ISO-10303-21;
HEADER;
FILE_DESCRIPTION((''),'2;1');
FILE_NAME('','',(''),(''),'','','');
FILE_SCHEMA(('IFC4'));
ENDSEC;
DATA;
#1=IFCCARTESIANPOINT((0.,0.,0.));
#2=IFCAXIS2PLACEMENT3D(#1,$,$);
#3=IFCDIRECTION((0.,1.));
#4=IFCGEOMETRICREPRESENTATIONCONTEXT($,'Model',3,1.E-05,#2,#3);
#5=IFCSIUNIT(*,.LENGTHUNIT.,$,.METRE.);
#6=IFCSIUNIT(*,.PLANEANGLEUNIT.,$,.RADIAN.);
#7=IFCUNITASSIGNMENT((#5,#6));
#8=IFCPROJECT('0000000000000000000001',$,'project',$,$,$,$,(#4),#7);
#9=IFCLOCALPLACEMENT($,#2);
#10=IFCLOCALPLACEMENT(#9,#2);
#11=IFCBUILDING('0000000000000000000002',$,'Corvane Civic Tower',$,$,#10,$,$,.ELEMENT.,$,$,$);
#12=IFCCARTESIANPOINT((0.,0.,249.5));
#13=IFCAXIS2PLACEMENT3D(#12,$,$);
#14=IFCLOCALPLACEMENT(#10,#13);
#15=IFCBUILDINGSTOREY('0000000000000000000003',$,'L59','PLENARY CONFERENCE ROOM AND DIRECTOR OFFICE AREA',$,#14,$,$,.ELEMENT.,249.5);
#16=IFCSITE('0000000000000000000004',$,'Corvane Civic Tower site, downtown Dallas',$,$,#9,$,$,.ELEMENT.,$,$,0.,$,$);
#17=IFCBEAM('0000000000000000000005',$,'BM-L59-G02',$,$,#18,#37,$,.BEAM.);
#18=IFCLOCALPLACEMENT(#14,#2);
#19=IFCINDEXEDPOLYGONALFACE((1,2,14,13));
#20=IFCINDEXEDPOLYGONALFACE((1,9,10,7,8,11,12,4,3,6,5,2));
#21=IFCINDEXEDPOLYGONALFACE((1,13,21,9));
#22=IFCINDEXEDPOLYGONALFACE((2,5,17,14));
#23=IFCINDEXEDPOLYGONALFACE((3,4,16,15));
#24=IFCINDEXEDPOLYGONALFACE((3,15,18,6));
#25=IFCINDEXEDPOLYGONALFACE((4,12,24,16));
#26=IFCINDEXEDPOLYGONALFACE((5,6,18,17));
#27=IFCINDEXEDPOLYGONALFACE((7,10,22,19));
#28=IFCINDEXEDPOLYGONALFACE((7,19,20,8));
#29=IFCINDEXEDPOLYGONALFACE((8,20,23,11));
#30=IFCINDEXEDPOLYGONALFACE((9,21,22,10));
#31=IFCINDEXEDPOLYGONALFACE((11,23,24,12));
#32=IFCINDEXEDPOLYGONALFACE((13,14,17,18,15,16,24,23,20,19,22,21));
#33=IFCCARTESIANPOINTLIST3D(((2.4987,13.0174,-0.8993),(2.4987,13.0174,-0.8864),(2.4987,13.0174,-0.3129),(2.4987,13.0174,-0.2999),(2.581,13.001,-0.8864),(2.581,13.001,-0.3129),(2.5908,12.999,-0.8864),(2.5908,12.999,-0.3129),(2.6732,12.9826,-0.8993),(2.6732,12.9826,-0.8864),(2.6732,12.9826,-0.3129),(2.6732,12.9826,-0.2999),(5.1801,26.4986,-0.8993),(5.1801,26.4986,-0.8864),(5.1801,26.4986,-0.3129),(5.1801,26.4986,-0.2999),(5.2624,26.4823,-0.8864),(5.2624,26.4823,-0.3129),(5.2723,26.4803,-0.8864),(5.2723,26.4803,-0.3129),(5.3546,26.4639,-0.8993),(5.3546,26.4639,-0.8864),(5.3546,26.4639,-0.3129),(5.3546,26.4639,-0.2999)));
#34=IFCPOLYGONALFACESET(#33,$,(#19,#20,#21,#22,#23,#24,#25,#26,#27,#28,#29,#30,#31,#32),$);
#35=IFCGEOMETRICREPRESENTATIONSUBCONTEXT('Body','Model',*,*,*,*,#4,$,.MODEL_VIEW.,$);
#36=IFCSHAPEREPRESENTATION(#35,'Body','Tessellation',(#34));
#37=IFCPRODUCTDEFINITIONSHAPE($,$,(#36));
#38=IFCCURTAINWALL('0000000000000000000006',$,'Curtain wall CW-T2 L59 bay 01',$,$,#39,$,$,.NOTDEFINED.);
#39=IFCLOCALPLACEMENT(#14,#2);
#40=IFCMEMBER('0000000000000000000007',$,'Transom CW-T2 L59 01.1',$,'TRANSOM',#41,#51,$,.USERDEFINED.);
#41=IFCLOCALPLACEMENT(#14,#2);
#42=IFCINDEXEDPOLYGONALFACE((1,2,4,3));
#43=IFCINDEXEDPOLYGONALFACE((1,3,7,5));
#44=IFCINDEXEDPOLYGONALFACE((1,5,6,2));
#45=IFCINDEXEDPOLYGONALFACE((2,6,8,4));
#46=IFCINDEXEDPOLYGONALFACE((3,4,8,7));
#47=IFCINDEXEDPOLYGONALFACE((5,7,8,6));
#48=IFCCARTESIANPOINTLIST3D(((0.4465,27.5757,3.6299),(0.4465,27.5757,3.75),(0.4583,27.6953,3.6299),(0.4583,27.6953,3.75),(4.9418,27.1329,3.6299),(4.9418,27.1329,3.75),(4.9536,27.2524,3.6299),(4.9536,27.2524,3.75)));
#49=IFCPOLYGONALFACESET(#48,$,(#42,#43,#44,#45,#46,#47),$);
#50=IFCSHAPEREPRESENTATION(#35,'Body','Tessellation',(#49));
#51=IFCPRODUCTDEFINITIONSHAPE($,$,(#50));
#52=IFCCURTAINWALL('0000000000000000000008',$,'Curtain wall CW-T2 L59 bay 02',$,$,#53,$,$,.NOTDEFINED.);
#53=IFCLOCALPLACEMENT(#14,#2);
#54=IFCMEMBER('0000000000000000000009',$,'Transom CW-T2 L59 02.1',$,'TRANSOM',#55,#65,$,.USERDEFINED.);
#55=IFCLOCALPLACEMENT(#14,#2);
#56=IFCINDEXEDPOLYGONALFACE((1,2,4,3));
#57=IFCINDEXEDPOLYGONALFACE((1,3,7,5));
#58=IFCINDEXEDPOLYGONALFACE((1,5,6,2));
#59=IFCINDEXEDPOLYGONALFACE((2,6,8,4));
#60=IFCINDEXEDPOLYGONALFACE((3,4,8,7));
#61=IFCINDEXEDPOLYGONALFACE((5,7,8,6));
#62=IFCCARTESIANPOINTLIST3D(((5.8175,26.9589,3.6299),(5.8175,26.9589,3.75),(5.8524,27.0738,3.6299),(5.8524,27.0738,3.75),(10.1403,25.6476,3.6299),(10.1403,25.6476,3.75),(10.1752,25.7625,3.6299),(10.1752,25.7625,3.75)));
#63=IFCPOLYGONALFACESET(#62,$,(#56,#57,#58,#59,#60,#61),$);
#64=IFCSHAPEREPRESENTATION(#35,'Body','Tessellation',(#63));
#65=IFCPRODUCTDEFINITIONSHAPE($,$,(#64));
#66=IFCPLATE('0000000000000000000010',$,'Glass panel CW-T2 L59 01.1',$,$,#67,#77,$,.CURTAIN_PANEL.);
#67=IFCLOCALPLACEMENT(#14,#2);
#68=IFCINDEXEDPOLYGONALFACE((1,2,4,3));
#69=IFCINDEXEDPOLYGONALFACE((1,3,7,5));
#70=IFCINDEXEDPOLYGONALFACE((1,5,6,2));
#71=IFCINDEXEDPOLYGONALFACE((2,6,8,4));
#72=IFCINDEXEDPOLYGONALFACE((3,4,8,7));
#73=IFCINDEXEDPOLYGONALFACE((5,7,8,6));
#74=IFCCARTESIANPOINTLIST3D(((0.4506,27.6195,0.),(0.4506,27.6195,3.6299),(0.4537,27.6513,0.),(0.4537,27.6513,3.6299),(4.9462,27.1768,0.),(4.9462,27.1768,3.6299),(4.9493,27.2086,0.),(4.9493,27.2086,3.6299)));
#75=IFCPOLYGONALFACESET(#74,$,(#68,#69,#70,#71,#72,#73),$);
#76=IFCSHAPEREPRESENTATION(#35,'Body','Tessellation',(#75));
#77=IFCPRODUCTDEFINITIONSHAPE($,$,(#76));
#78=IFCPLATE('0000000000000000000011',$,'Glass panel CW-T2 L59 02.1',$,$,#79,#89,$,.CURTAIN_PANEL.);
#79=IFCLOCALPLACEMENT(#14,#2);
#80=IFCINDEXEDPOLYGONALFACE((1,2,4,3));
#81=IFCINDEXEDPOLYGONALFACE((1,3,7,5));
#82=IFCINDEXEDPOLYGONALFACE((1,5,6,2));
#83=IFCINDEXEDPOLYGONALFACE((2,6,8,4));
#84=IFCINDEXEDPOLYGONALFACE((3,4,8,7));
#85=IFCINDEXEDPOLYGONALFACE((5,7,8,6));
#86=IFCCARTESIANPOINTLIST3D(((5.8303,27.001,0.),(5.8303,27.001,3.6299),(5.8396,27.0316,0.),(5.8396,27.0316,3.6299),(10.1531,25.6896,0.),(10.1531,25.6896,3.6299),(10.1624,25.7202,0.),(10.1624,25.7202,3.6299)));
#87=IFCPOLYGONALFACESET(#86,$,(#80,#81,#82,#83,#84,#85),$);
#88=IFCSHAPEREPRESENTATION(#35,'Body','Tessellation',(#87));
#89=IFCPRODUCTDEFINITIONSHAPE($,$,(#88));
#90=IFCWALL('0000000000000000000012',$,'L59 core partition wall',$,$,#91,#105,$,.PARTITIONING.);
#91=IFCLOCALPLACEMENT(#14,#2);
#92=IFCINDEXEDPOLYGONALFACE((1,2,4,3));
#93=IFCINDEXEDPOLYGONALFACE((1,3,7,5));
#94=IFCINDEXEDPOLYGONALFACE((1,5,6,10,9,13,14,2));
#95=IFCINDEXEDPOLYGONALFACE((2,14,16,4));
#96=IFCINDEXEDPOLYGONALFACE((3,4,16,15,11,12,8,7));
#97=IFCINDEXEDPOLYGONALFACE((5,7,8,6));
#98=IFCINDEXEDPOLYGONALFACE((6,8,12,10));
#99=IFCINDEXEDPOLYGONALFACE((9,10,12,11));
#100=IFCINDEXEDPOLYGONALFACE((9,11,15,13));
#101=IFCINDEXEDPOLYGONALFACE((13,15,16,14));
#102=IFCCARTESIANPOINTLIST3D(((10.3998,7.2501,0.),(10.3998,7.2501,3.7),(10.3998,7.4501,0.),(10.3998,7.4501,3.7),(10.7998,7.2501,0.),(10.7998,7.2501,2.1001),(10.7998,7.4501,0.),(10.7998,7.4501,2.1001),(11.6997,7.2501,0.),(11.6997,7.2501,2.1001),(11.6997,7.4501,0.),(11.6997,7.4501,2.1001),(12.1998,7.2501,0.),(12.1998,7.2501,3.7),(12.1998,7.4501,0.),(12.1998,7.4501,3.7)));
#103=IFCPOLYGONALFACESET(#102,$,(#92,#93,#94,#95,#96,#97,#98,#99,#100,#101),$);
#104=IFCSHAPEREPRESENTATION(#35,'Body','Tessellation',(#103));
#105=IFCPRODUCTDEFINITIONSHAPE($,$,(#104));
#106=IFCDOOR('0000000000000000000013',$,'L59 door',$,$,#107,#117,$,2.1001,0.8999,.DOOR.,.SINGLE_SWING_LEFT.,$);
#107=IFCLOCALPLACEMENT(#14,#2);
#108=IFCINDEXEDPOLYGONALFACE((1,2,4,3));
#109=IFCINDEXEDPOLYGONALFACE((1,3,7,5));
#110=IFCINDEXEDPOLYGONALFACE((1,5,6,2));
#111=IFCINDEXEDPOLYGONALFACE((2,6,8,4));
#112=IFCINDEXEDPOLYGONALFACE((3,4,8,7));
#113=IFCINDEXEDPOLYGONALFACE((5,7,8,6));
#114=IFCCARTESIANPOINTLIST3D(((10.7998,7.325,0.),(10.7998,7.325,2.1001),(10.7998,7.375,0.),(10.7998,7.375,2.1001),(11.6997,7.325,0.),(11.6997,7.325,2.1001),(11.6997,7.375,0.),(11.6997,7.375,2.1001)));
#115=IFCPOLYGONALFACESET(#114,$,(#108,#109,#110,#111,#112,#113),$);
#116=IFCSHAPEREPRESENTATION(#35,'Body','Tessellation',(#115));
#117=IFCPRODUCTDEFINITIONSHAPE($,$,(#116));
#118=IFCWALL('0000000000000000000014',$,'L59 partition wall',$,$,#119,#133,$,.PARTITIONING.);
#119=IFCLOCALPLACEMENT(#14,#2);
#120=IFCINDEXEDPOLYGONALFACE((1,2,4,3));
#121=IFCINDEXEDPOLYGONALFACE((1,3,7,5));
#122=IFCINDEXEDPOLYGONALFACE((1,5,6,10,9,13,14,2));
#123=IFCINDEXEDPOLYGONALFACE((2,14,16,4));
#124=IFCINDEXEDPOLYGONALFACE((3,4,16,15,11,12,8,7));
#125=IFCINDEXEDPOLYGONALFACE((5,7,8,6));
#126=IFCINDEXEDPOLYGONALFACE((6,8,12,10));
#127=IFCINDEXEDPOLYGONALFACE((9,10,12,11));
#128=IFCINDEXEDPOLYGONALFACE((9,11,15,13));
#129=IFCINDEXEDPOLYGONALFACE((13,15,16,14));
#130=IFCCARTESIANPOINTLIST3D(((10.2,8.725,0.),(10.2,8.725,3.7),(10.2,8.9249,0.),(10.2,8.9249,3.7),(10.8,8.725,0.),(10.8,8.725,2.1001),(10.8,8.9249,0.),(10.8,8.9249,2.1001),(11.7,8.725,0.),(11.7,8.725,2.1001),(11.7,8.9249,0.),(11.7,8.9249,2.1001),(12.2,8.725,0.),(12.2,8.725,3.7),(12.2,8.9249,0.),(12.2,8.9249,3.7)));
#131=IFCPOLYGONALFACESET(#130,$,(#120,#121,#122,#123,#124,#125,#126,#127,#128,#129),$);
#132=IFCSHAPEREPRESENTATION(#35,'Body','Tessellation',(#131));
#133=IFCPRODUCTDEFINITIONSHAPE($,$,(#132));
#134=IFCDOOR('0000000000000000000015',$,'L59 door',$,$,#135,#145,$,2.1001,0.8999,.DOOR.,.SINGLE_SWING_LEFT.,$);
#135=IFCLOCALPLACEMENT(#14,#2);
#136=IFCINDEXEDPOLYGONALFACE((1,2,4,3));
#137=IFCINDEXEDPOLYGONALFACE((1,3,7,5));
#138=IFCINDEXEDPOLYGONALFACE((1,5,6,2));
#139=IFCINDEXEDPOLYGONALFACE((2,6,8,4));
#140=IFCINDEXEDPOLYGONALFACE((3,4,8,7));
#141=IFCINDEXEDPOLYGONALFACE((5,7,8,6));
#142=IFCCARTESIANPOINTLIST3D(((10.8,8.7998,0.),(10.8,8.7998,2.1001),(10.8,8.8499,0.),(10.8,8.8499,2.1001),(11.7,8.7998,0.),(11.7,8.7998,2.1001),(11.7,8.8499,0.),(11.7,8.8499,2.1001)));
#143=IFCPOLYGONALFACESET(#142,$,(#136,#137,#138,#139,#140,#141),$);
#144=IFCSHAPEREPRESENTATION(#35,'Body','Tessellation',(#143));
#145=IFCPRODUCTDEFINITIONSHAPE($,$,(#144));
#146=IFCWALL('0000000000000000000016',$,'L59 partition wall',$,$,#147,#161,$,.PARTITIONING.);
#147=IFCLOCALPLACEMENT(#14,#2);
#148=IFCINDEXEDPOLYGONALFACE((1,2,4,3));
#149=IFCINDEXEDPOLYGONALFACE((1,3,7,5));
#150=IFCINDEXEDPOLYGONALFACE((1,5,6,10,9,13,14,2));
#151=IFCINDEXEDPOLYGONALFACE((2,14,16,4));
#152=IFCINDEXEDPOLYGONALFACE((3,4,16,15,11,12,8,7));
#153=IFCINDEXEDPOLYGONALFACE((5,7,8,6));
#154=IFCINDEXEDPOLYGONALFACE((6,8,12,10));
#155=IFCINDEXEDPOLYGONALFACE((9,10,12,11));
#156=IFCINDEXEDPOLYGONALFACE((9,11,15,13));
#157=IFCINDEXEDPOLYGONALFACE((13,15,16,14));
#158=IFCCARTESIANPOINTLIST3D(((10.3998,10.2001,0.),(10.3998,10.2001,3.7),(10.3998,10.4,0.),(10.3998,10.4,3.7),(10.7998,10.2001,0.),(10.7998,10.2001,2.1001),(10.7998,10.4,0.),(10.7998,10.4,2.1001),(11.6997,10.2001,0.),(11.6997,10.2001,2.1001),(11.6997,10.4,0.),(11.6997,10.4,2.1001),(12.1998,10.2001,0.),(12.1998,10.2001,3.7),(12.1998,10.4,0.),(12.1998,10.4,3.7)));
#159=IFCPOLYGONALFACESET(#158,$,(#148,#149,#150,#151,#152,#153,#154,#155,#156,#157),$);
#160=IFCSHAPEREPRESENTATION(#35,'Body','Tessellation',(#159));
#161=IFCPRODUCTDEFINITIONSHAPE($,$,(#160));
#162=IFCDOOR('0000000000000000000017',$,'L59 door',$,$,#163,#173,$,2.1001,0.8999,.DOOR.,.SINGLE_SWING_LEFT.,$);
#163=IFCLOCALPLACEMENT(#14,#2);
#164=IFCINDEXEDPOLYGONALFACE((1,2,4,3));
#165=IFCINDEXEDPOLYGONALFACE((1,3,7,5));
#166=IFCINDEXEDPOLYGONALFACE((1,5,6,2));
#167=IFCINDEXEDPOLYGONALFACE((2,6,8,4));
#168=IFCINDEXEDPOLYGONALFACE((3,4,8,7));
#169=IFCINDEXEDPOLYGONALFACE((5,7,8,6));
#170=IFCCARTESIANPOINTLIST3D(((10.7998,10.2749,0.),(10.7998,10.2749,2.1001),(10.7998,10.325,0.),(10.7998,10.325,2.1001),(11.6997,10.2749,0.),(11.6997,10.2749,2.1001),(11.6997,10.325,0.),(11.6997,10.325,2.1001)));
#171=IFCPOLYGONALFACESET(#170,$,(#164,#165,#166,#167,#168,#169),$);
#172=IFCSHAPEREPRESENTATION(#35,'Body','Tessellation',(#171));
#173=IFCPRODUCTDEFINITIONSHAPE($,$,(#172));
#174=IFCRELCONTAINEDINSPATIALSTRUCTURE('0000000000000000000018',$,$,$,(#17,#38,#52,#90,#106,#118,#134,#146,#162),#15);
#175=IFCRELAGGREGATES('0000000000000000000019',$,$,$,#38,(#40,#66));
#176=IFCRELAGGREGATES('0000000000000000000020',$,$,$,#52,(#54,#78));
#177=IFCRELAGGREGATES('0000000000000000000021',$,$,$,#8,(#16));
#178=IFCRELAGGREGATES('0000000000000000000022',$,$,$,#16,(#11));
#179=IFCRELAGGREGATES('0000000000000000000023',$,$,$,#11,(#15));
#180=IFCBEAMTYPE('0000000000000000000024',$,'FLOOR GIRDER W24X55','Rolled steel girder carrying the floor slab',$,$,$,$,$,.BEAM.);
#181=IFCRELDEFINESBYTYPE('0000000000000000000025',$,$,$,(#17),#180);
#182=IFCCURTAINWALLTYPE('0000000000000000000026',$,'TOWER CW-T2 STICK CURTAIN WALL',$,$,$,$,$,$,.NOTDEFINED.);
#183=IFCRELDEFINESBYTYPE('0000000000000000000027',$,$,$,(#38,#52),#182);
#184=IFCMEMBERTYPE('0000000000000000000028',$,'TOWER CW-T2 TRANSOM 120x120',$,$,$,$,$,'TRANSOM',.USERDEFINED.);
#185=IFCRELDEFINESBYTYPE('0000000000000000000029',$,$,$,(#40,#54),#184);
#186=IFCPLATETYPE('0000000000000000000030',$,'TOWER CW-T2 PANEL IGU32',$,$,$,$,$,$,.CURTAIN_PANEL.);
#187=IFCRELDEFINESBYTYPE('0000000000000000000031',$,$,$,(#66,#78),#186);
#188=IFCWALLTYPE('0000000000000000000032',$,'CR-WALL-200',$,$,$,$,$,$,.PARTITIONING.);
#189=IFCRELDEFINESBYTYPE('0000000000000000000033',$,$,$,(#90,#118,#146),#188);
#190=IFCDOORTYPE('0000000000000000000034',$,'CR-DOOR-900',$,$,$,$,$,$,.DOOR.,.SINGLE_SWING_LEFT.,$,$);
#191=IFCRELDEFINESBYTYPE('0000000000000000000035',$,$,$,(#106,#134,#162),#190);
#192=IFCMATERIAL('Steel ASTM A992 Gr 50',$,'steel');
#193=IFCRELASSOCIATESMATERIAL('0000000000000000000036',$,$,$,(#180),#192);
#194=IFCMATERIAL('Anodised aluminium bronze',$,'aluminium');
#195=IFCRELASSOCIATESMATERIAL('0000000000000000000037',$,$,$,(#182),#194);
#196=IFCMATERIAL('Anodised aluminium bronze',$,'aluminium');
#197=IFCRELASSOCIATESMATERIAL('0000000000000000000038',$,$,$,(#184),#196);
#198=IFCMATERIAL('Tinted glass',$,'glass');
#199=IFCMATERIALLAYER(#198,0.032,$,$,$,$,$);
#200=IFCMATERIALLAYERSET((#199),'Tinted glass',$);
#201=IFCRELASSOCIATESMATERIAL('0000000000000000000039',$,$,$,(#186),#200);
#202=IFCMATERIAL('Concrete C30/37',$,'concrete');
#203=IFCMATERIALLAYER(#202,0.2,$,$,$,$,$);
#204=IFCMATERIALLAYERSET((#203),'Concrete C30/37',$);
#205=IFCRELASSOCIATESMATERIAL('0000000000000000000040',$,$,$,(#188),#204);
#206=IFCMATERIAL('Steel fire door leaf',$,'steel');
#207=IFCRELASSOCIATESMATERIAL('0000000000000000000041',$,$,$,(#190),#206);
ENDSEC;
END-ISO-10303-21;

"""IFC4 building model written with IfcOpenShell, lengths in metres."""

from ifc_helpers import new_model, si_unit, direction, frame, frame_2d, origin, origin_2d, place, context, subcontext, project, spatial, rectangle, i_section, extrude, material, layer, layer_set, material_profile, profile_set, type_object, element, fill, aggregate, save


model = new_model("IFC4")

# Units and contexts
model_context = context("Model", 3, precision=1e-05, world=origin(), true_north=direction((0.0, 1.0)))
body_context = subcontext(model_context, "Body", "Model", "MODEL_VIEW")
ifc_project = project(units=[si_unit("LENGTHUNIT", "METRE"), si_unit("PLANEANGLEUNIT", "RADIAN")], contexts=[model_context])

# Site, building, storey
site_placement = place(None, origin())
site = spatial("IfcSite", under=ifc_project, at=site_placement, Name="Corvane Civic Tower site, downtown Dallas", CompositionType="ELEMENT", RefElevation=0.0)
building_placement = place(site_placement, origin())
building = spatial("IfcBuilding", under=site, at=building_placement, Name="Corvane Civic Tower", CompositionType="ELEMENT")
storey_placement = place(building_placement, frame((0.0, 0.0, 249.5)))
storey = spatial("IfcBuildingStorey", under=building, at=storey_placement, Name="L59", Description="PLENARY CONFERENCE ROOM AND DIRECTOR OFFICE AREA", CompositionType="ELEMENT", Elevation=249.5)

# Beam
ifc_material_1 = material(Name="Steel ASTM A992 Gr 50", Category="steel")
ifc_material_profile_1 = material_profile(ifc_material_1, i_section(OverallWidth=0.178, OverallDepth=0.5994, WebThickness=0.01, FlangeThickness=0.0129, at=origin_2d()), Name="W24X55")
ifc_profile_set_1 = profile_set([ifc_material_profile_1], Name="Steel ASTM A992 Gr 50")
beam_type_1 = type_object("IfcBeamType", Name="FLOOR GIRDER W24X55", Description="Rolled steel girder carrying the floor slab", PredefinedType="BEAM", material=ifc_profile_set_1)
beam_1_placement = place(storey_placement, frame((2.5859, 13.0, -0.5996), z_axis=(0.195078, 0.980788, 0.0), x_axis=(-0.980788, 0.195078, 0.0)))
element("IfcBeam", 1, at=beam_1_placement, inside=storey, type_object=beam_type_1, Name="BM-L59-G02", PredefinedType="BEAM", context=body_context, shape_type="SweptSolid", body=[
    extrude(i_section(OverallWidth=0.178, OverallDepth=0.5994, WebThickness=0.01, FlangeThickness=0.0129, at=origin_2d()), origin(), (0.0, 0.0, 1.0), 13.7454),
])

# Curtain walls, members
ifc_material_2 = material(Name="Anodised aluminium bronze", Category="aluminium")
curtain_wall_type = type_object("IfcCurtainWallType", Name="TOWER CW-T2 STICK CURTAIN WALL", PredefinedType="NOTDEFINED", material=ifc_material_2)
curtain_wall_1_placement = place(storey_placement, origin())
curtain_wall_1 = element("IfcCurtainWall", 2, at=curtain_wall_1_placement, inside=storey, type_object=curtain_wall_type, Name="Curtain wall CW-T2 L59 bay 01", PredefinedType="NOTDEFINED")
ifc_material_3 = material(Name="Anodised aluminium bronze", Category="aluminium")
ifc_material_profile_2 = material_profile(ifc_material_3, rectangle(XDim=0.1201, YDim=0.1201, at=origin_2d()), Name="TOWER CW-T2 TRANSOM 120x120")
ifc_profile_set_2 = profile_set([ifc_material_profile_2], Name="Anodised aluminium bronze")
member_type = type_object("IfcMemberType", Name="TOWER CW-T2 TRANSOM 120x120", ElementType="TRANSOM", PredefinedType="USERDEFINED", material=ifc_profile_set_2)
member_1_placement = place(storey_placement, frame((0.4524, 27.6355, 3.6899), z_axis=(0.995182, -0.098043, 0.0), x_axis=(0.098043, 0.995182, 0.0)))
member_1 = element("IfcMember", 3, at=member_1_placement, type_object=member_type, Name="Transom CW-T2 L59 01.1", ObjectType="TRANSOM", PredefinedType="USERDEFINED", context=body_context, shape_type="SweptSolid", body=[
    extrude(rectangle(XDim=0.1201, YDim=0.1201, at=origin_2d()), origin(), (0.0, 0.0, 1.0), 4.5171),
])
curtain_wall_2_placement = place(storey_placement, origin())
curtain_wall_2 = element("IfcCurtainWall", 4, at=curtain_wall_2_placement, inside=storey, type_object=curtain_wall_type, Name="Curtain wall CW-T2 L59 bay 02", PredefinedType="NOTDEFINED")
member_2_placement = place(storey_placement, frame((5.835, 27.0164, 3.6899), z_axis=(0.956941, -0.290282, 0.0), x_axis=(0.290282, 0.956941, 0.0)))
member_2 = element("IfcMember", 5, at=member_2_placement, type_object=member_type, Name="Transom CW-T2 L59 02.1", ObjectType="TRANSOM", PredefinedType="USERDEFINED", context=body_context, shape_type="SweptSolid", body=[
    extrude(rectangle(XDim=0.1201, YDim=0.1201, at=origin_2d()), origin(), (0.0, 0.0, 1.0), 4.5173),
])

# Plates
ifc_material_4 = material(Name="Tinted glass", Category="glass")
ifc_layer_1 = layer(ifc_material_4, 0.032)
ifc_layer_set_1 = layer_set([ifc_layer_1], Name="Tinted glass")
plate_type = type_object("IfcPlateType", Name="TOWER CW-T2 PANEL IGU32", PredefinedType="CURTAIN_PANEL", material=ifc_layer_set_1)
plate_1_placement = place(storey_placement, frame((2.7, 27.4141, 0.0), z_axis=(0.0, 0.0, 1.0), x_axis=(0.995187, -0.097993, 0.0)))
plate_1 = element("IfcPlate", 6, at=plate_1_placement, type_object=plate_type, Name="Glass panel CW-T2 L59 01.1", PredefinedType="CURTAIN_PANEL", context=body_context, shape_type="SweptSolid", body=[
    extrude(rectangle(XDim=4.5173, YDim=0.032, at=origin_2d()), origin(), (0.0, 0.0, 1.0), 3.6299),
])
aggregate(curtain_wall_1, [member_1, plate_1])
plate_2_placement = place(storey_placement, frame((7.9963, 26.3606, 0.0), z_axis=(0.0, 0.0, 1.0), x_axis=(0.956939, -0.29029, 0.0)))
plate_2 = element("IfcPlate", 7, at=plate_2_placement, type_object=plate_type, Name="Glass panel CW-T2 L59 02.1", PredefinedType="CURTAIN_PANEL", context=body_context, shape_type="SweptSolid", body=[
    extrude(rectangle(XDim=4.5173, YDim=0.032, at=origin_2d()), origin(), (0.0, 0.0, 1.0), 3.6299),
])
aggregate(curtain_wall_2, [member_2, plate_2])

# Walls, openings, doors
ifc_material_5 = material(Name="Concrete C30/37", Category="concrete")
ifc_layer_2 = layer(ifc_material_5, 0.2)
ifc_layer_set_2 = layer_set([ifc_layer_2], Name="Concrete C30/37")
wall_type = type_object("IfcWallType", Name="CR-WALL-200", PredefinedType="PARTITIONING", material=ifc_layer_set_2)
wall_1_placement = place(storey_placement, frame((10.3999, 7.3501, 0.0), z_axis=(0.0, 0.0, 1.0), x_axis=(1.0, 0.0, 0.0)))
wall_1 = element("IfcWall", 8, at=wall_1_placement, inside=storey, type_object=wall_type, Name="L59 core partition wall", PredefinedType="PARTITIONING", context=body_context, shape_type="SweptSolid", body=[
    extrude(rectangle(XDim=1.8, YDim=0.2, at=frame_2d((0.8999, 0.0))), origin(), (0.0, 0.0, 1.0), 3.7),
])
opening_1_placement = place(wall_1_placement, frame((0.3999, 0.0, 0.0)))
opening_1 = element("IfcOpeningElement", 9, at=opening_1_placement, cuts=wall_1, PredefinedType="OPENING", context=body_context, shape_type="SweptSolid", body=[
    extrude(rectangle(XDim=0.8999, YDim=2.1001, at=frame_2d((0.45, 1.05))), frame((0.0, 0.1099, 0.0), z_axis=(0.0, -1.0, 0.0), x_axis=(1.0, 0.0, 0.0)), (0.0, 0.0, 1.0), 0.22),
])
ifc_material_6 = material(Name="Steel fire door leaf", Category="steel")
door_type = type_object("IfcDoorType", Name="CR-DOOR-900", OperationType="SINGLE_SWING_LEFT", PredefinedType="DOOR", material=ifc_material_6)
door_1_placement = place(opening_1_placement, origin())
door_1 = element("IfcDoor", 10, at=door_1_placement, inside=storey, type_object=door_type, Name="L59 door", OperationType="SINGLE_SWING_LEFT", OverallHeight=2.1001, OverallWidth=0.8999, PredefinedType="DOOR", context=body_context, shape_type="SweptSolid", body=[
    extrude(rectangle(XDim=0.8999, YDim=2.1001, at=frame_2d((0.45, 1.05))), frame((0.0, 0.0249, 0.0), z_axis=(0.0, -1.0, 0.0), x_axis=(1.0, 0.0, 0.0)), (0.0, 0.0, 1.0), 0.05),
])
fill(opening_1, door_1)
wall_2_placement = place(storey_placement, frame((10.2, 8.825, 0.0), z_axis=(0.0, 0.0, 1.0), x_axis=(1.0, 0.0, 0.0)))
wall_2 = element("IfcWall", 11, at=wall_2_placement, inside=storey, type_object=wall_type, Name="L59 partition wall", PredefinedType="PARTITIONING", context=body_context, shape_type="SweptSolid", body=[
    extrude(rectangle(XDim=2.0, YDim=0.2, at=frame_2d((1.0, 0.0))), origin(), (0.0, 0.0, 1.0), 3.7),
])
opening_2_placement = place(wall_2_placement, frame((0.6001, 0.0, 0.0)))
opening_2 = element("IfcOpeningElement", 12, at=opening_2_placement, cuts=wall_2, PredefinedType="OPENING", context=body_context, shape_type="SweptSolid", body=[
    extrude(rectangle(XDim=0.8999, YDim=2.1001, at=frame_2d((0.45, 1.05))), frame((0.0, 0.1099, 0.0), z_axis=(0.0, -1.0, 0.0), x_axis=(1.0, 0.0, 0.0)), (0.0, 0.0, 1.0), 0.22),
])
door_2_placement = place(opening_2_placement, origin())
door_2 = element("IfcDoor", 13, at=door_2_placement, inside=storey, type_object=door_type, Name="L59 door", OperationType="SINGLE_SWING_LEFT", OverallHeight=2.1001, OverallWidth=0.8999, PredefinedType="DOOR", context=body_context, shape_type="SweptSolid", body=[
    extrude(rectangle(XDim=0.8999, YDim=2.1001, at=frame_2d((0.45, 1.05))), frame((0.0, 0.0249, 0.0), z_axis=(0.0, -1.0, 0.0), x_axis=(1.0, 0.0, 0.0)), (0.0, 0.0, 1.0), 0.05),
])
fill(opening_2, door_2)
wall_3_placement = place(storey_placement, frame((10.3999, 10.3, 0.0), z_axis=(0.0, 0.0, 1.0), x_axis=(1.0, 0.0, 0.0)))
wall_3 = element("IfcWall", 14, at=wall_3_placement, inside=storey, type_object=wall_type, Name="L59 partition wall", PredefinedType="PARTITIONING", context=body_context, shape_type="SweptSolid", body=[
    extrude(rectangle(XDim=1.8, YDim=0.2, at=frame_2d((0.8999, 0.0))), origin(), (0.0, 0.0, 1.0), 3.7),
])
opening_3_placement = place(wall_3_placement, frame((0.3999, 0.0, 0.0)))
opening_3 = element("IfcOpeningElement", 15, at=opening_3_placement, cuts=wall_3, PredefinedType="OPENING", context=body_context, shape_type="SweptSolid", body=[
    extrude(rectangle(XDim=0.8999, YDim=2.1001, at=frame_2d((0.45, 1.05))), frame((0.0, 0.1099, 0.0), z_axis=(0.0, -1.0, 0.0), x_axis=(1.0, 0.0, 0.0)), (0.0, 0.0, 1.0), 0.22),
])
door_3_placement = place(opening_3_placement, origin())
door_3 = element("IfcDoor", 16, at=door_3_placement, inside=storey, type_object=door_type, Name="L59 door", OperationType="SINGLE_SWING_LEFT", OverallHeight=2.1001, OverallWidth=0.8999, PredefinedType="DOOR", context=body_context, shape_type="SweptSolid", body=[
    extrude(rectangle(XDim=0.8999, YDim=2.1001, at=frame_2d((0.45, 1.05))), frame((0.0, 0.0249, 0.0), z_axis=(0.0, -1.0, 0.0), x_axis=(1.0, 0.0, 0.0)), (0.0, 0.0, 1.0), 0.05),
])
fill(opening_3, door_3)

save(model, "model.ifc")
